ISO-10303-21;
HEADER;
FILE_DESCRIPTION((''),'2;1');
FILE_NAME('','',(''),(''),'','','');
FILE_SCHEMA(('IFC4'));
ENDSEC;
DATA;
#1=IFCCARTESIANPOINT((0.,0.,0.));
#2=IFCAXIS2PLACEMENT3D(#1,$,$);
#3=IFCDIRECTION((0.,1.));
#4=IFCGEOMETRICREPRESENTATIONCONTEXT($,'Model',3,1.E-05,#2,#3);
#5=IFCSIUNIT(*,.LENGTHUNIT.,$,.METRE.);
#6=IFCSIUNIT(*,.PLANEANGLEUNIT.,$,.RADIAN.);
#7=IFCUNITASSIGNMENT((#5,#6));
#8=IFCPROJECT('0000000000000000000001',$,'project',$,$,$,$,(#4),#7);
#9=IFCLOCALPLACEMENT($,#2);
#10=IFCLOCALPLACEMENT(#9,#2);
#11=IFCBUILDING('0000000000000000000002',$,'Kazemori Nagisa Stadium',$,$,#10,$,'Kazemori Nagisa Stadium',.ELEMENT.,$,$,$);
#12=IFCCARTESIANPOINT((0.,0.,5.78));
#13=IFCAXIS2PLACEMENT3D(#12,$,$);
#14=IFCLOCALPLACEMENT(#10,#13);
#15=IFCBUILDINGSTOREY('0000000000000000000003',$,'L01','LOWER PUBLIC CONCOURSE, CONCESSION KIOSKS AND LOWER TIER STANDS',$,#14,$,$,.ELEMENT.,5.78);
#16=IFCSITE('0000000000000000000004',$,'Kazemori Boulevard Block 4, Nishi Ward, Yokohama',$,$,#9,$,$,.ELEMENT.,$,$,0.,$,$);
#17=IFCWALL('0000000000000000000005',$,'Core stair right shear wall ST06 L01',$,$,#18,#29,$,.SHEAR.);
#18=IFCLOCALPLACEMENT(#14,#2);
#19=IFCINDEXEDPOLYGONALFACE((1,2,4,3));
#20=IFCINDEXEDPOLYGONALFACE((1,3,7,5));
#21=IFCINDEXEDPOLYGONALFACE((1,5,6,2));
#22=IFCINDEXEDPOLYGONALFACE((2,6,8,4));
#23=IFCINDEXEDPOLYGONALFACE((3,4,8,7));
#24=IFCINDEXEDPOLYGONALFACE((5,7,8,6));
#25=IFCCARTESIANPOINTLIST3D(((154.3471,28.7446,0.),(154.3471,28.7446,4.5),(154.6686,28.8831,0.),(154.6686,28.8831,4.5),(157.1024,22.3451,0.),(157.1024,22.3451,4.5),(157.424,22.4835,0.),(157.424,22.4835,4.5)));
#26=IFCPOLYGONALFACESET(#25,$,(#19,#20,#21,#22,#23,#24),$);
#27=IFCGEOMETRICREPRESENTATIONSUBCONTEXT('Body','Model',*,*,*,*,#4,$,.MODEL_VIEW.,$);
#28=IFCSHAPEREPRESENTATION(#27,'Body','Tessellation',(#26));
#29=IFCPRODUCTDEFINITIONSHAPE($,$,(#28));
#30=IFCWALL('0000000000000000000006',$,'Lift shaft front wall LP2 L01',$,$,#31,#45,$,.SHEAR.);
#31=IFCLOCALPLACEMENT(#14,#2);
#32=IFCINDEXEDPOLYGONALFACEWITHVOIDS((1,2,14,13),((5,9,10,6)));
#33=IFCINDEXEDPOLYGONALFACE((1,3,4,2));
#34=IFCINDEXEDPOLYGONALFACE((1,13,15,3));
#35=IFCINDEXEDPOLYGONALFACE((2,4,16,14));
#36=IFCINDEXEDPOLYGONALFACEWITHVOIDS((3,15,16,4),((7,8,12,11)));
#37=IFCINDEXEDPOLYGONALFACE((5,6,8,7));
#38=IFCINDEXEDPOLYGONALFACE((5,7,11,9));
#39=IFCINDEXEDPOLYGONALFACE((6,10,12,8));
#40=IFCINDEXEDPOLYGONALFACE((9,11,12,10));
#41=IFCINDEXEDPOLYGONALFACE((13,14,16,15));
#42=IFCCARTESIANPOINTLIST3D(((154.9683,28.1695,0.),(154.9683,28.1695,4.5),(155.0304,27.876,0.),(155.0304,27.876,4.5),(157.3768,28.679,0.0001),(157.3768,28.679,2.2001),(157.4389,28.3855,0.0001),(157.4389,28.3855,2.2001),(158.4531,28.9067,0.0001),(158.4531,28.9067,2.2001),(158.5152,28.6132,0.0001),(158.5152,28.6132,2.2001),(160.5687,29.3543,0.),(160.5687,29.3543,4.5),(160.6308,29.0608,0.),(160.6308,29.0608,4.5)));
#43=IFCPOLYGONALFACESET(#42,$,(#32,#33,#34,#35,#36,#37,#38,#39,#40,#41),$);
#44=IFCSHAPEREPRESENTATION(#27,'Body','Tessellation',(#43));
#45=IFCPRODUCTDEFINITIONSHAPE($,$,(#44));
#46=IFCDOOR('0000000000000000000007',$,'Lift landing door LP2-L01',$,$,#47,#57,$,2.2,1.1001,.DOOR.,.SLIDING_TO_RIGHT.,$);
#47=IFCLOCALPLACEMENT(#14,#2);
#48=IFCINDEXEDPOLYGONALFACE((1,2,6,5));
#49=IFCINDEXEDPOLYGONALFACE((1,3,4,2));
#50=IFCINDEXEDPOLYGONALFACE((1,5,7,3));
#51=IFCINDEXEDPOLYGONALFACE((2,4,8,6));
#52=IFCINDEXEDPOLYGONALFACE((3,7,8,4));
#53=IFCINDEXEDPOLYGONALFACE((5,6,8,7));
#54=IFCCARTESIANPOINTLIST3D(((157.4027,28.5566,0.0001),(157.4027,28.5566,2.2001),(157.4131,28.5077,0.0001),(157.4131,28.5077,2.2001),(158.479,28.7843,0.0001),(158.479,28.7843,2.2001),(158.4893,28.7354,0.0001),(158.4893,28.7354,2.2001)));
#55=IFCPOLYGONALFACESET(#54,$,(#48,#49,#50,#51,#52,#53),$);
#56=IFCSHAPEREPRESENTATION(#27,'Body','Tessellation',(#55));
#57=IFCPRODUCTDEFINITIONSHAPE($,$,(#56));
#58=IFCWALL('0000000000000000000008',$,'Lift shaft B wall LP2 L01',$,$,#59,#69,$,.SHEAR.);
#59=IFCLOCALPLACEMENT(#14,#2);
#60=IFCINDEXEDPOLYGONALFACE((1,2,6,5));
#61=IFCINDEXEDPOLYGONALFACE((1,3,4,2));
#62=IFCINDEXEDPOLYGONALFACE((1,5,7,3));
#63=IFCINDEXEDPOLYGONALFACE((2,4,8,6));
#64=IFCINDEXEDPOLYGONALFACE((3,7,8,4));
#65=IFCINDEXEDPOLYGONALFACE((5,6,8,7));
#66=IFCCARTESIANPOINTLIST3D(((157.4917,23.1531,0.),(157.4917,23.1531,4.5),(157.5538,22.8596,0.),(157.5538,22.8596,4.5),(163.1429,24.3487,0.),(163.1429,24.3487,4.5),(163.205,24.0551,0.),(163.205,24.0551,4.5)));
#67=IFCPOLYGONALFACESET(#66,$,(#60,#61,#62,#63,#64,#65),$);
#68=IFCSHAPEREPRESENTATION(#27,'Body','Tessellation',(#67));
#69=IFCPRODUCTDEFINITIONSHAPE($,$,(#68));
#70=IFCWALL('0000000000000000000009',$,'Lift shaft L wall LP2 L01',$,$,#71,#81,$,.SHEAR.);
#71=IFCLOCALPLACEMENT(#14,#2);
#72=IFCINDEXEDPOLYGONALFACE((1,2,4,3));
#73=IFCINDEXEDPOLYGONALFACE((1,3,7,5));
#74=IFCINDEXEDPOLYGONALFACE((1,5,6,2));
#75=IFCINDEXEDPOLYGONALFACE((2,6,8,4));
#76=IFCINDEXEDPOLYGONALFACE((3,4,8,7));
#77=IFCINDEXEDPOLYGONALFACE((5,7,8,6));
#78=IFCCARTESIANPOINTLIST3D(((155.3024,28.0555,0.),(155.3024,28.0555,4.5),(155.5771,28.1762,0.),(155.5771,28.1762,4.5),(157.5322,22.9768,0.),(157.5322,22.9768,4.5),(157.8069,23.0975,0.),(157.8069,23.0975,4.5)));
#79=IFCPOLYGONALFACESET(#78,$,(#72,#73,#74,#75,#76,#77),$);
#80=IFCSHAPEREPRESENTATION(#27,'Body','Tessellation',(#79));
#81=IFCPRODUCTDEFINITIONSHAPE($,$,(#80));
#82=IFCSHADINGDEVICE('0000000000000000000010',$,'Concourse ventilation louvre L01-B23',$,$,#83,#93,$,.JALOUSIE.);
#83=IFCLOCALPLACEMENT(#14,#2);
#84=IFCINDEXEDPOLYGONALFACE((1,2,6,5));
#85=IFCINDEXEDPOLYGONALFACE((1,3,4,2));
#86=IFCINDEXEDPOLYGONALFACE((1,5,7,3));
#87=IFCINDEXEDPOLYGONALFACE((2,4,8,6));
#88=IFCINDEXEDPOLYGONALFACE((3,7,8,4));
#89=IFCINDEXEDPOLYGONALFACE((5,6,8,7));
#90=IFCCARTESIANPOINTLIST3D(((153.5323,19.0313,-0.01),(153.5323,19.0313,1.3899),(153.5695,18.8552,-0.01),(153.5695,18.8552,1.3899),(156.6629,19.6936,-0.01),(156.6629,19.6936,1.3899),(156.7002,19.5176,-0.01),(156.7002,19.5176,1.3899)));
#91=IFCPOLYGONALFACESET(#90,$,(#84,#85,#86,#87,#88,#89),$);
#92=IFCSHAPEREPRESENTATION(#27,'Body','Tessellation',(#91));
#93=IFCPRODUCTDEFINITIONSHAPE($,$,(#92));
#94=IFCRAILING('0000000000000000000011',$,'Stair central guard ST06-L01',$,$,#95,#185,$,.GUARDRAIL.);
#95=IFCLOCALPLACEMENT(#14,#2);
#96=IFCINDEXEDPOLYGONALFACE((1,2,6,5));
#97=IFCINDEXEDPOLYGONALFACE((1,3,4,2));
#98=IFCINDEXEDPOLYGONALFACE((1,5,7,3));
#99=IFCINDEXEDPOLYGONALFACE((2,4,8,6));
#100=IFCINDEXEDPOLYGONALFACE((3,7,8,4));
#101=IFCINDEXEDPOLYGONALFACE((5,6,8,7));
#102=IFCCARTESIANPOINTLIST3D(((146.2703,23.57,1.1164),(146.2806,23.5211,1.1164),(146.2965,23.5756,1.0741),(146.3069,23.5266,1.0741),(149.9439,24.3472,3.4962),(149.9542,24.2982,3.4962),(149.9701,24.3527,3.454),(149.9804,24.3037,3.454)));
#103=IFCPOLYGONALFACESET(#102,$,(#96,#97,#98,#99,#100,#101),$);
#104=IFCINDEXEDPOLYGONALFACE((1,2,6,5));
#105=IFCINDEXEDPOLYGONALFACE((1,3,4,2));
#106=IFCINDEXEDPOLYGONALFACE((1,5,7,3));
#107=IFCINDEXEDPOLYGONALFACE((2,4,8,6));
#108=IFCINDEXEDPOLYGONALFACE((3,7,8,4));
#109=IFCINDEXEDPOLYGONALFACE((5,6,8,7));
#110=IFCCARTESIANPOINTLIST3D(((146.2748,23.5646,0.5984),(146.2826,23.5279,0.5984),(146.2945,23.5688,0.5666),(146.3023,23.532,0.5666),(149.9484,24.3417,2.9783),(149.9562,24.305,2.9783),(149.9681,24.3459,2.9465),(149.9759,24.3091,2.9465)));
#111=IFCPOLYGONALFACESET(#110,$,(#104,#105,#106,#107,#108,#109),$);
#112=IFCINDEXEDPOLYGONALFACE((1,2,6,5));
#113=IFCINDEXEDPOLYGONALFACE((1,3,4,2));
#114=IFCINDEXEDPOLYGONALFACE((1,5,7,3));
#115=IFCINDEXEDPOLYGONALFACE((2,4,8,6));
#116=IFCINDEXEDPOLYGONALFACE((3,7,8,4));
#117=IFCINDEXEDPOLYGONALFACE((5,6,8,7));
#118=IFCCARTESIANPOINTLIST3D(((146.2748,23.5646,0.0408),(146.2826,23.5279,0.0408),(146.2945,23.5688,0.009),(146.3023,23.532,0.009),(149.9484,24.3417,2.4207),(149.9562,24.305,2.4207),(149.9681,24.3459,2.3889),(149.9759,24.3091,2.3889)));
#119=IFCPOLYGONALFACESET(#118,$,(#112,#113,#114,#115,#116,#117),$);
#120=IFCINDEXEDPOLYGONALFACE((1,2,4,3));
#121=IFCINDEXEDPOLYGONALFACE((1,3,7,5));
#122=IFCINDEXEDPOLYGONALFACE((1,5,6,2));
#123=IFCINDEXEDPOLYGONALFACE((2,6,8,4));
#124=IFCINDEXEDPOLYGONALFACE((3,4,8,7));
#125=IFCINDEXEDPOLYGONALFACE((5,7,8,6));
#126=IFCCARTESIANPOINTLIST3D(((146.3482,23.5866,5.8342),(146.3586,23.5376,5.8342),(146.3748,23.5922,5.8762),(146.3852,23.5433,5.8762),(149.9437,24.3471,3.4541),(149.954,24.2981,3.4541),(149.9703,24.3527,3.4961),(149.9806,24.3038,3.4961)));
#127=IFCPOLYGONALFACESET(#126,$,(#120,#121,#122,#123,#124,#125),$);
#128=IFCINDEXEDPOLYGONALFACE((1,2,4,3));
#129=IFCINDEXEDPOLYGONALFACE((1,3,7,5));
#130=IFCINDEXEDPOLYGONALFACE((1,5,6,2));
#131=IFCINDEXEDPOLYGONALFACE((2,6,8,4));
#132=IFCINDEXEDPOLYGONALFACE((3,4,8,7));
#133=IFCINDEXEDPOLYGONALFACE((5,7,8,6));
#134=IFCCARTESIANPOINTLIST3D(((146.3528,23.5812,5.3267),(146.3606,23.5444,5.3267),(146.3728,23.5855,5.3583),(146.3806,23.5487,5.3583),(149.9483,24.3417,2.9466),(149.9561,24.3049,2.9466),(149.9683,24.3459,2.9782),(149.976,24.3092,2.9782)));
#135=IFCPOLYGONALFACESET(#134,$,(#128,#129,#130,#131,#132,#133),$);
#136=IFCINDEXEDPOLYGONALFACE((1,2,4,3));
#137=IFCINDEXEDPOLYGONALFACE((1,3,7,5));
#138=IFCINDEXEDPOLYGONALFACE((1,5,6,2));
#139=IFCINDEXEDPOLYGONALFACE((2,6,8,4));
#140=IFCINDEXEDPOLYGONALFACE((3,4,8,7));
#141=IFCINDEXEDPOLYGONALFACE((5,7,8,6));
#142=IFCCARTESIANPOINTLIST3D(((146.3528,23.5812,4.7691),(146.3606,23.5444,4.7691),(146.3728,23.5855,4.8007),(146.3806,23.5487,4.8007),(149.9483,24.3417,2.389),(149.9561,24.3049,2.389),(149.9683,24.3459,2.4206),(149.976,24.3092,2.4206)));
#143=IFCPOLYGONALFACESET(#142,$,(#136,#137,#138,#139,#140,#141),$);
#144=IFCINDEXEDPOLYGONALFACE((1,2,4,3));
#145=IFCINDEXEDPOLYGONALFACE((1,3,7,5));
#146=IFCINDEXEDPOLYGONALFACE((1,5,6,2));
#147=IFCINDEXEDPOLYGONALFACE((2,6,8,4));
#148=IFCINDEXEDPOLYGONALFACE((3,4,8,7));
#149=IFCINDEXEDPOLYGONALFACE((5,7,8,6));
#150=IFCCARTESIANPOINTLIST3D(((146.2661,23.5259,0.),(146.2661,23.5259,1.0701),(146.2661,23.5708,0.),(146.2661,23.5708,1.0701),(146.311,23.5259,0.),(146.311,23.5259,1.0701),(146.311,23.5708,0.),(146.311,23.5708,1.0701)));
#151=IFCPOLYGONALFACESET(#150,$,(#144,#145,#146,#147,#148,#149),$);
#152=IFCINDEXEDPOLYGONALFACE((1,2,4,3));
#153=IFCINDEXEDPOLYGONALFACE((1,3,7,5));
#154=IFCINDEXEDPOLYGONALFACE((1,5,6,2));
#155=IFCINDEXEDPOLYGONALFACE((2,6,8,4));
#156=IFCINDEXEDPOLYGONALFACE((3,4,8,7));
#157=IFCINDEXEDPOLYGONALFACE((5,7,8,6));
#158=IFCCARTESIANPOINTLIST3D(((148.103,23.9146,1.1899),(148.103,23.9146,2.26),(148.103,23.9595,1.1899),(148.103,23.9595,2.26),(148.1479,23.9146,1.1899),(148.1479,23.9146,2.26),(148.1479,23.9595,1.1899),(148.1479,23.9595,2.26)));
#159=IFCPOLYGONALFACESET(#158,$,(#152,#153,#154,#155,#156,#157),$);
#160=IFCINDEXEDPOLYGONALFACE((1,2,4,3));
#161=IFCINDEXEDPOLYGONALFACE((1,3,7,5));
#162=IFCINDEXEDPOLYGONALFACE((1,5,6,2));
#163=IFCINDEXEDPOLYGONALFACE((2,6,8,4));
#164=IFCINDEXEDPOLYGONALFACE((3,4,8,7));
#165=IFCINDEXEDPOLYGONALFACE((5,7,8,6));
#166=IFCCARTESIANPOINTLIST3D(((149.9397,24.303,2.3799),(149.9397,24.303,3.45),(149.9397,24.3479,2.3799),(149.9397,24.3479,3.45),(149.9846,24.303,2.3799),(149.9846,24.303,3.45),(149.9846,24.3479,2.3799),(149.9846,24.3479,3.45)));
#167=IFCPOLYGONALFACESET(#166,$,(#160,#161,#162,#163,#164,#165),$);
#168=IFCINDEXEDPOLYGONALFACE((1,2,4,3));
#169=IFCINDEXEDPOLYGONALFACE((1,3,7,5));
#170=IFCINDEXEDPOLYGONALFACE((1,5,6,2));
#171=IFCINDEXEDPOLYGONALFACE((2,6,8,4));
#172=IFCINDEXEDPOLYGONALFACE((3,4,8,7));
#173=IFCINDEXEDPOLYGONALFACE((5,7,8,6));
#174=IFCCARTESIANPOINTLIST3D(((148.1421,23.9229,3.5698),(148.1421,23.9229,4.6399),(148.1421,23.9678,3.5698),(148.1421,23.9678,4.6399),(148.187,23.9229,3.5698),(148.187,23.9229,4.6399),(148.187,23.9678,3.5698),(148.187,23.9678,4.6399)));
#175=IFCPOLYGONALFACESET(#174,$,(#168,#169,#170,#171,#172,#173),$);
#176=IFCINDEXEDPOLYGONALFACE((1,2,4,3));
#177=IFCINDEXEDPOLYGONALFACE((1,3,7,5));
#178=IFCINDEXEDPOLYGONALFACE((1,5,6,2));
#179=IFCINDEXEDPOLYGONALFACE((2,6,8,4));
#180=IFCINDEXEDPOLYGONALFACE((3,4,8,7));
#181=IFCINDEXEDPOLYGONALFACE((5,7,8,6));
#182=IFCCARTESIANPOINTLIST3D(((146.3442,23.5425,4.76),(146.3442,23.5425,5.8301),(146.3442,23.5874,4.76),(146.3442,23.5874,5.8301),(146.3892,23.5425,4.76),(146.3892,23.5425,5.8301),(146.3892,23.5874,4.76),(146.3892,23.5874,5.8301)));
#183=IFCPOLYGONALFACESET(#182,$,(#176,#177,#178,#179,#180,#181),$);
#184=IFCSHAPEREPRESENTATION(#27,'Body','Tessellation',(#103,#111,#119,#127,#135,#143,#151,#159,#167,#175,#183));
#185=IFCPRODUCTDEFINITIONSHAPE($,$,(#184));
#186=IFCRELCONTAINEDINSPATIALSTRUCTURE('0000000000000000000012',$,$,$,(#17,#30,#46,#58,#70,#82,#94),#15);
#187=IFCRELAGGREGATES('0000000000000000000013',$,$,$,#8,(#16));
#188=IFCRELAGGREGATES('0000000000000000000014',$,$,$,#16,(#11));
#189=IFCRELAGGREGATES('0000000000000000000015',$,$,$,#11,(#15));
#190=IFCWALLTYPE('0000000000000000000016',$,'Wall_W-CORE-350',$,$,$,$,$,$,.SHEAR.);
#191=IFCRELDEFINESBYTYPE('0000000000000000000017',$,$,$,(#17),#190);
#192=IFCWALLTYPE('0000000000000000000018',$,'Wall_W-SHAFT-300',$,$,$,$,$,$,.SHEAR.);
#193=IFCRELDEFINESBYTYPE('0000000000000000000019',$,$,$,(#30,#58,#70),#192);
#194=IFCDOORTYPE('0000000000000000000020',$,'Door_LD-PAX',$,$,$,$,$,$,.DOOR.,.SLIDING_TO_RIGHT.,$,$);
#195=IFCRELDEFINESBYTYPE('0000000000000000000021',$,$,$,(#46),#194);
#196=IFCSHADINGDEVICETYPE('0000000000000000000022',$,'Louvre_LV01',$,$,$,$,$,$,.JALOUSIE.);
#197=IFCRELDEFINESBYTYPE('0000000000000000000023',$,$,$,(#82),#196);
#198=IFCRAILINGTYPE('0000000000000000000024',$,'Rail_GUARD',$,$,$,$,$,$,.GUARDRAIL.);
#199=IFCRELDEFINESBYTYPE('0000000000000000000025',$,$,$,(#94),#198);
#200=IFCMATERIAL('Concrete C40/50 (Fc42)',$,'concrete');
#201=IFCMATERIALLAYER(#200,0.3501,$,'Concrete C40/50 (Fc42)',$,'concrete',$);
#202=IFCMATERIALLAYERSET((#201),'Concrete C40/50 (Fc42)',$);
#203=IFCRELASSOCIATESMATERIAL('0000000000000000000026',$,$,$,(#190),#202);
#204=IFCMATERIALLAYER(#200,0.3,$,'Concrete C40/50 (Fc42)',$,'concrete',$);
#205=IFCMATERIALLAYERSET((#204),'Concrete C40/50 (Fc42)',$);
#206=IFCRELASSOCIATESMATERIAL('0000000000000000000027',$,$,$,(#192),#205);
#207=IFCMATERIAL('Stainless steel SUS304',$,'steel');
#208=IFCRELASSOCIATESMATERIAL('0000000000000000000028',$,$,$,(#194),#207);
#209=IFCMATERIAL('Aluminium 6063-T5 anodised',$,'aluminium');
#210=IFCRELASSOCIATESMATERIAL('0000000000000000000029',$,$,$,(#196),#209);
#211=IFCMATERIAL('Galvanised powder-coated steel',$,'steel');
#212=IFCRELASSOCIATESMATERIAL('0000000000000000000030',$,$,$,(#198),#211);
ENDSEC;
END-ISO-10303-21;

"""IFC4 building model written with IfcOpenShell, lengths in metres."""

from ifc_helpers import new_model, si_unit, direction, frame, frame_2d, origin, origin_2d, place, context, subcontext, project, spatial, rectangle, extrude, material, layer, layer_set, type_object, element, fill, save


model = new_model("IFC4")

# Units and contexts
model_context = context("Model", 3, precision=1e-05, world=origin(), true_north=direction((0.0, 1.0)))
body_context = subcontext(model_context, "Body", "Model", "MODEL_VIEW")
ifc_project = project(units=[si_unit("LENGTHUNIT", "METRE"), si_unit("PLANEANGLEUNIT", "RADIAN")], contexts=[model_context])

# Site, building, storey
site_placement = place(None, origin())
site = spatial("IfcSite", under=ifc_project, at=site_placement, Name="Kazemori Boulevard Block 4, Nishi Ward, Yokohama", CompositionType="ELEMENT", RefElevation=0.0)
building_placement = place(site_placement, origin())
building = spatial("IfcBuilding", under=site, at=building_placement, Name="Kazemori Nagisa Stadium", LongName="Kazemori Nagisa Stadium", CompositionType="ELEMENT")
storey_placement = place(building_placement, frame((0.0, 0.0, 5.78)))
storey = spatial("IfcBuildingStorey", under=building, at=storey_placement, Name="L01", Description="LOWER PUBLIC CONCOURSE, CONCESSION KIOSKS AND LOWER TIER STANDS", CompositionType="ELEMENT", Elevation=5.78)

# Shared definitions
ifc_material_1 = material(Name="Concrete C40/50 (Fc42)", Category="concrete")

# Shared definitions
ifc_material_2 = material(Name="Aluminium 6063-T5 anodised", Category="aluminium")

# Wall
ifc_layer_1 = layer(ifc_material_1, 0.3501, Name="Concrete C40/50 (Fc42)", Category="concrete")
ifc_layer_set_1 = layer_set([ifc_layer_1], Name="Concrete C40/50 (Fc42)")
wall_type_1 = type_object("IfcWallType", Name="Wall_W-CORE-350", PredefinedType="SHEAR", material=ifc_layer_set_1)
wall_1_placement = place(storey_placement, frame((154.5078, 28.814, 0.0), z_axis=(0.0, 0.0, 1.0), x_axis=(0.395454, -0.918486, 0.0)))
element("IfcWall", 1, at=wall_1_placement, inside=storey, type_object=wall_type_1, Name="Core stair right shear wall ST06 L01", PredefinedType="SHEAR", context=body_context, shape_type="SweptSolid", body=[
    extrude(rectangle(XDim=6.9675, YDim=0.3501, at=frame_2d((3.4839, 0.0))), origin(), (0.0, 0.0, 1.0), 4.5),
])

# Wall, opening, door
ifc_layer_2 = layer(ifc_material_1, 0.3, Name="Concrete C40/50 (Fc42)", Category="concrete")
ifc_layer_set_2 = layer_set([ifc_layer_2], Name="Concrete C40/50 (Fc42)")
wall_type_2 = type_object("IfcWallType", Name="Wall_W-SHAFT-300", PredefinedType="SHEAR", material=ifc_layer_set_2)
wall_2_placement = place(storey_placement, frame((154.9993, 28.0227, 0.0), z_axis=(0.0, 0.0, 1.0), x_axis=(0.978345, 0.20698, 0.0)))
wall_2 = element("IfcWall", 2, at=wall_2_placement, inside=storey, type_object=wall_type_2, Name="Lift shaft front wall LP2 L01", PredefinedType="SHEAR", context=body_context, shape_type="SweptSolid", body=[
    extrude(rectangle(XDim=5.7244, YDim=0.3, at=frame_2d((2.8623, 0.0))), origin(), (0.0, 0.0, 1.0), 4.5),
])
opening_placement = place(wall_2_placement, frame((2.4619, 0.0, 0.0)))
opening = element("IfcOpeningElement", 3, at=opening_placement, cuts=wall_2, PredefinedType="OPENING", context=body_context, shape_type="SweptSolid", body=[
    extrude(rectangle(XDim=1.1001, YDim=2.2, at=frame_2d((0.55, 1.1001))), frame((0.0, 0.1599, 0.0), z_axis=(0.0, -1.0, 0.0), x_axis=(1.0, 0.0, 0.0)), (0.0, 0.0, 1.0), 0.3201),
])
ifc_material_3 = material(Name="Stainless steel SUS304", Category="steel")
door_type = type_object("IfcDoorType", Name="Door_LD-PAX", OperationType="SLIDING_TO_RIGHT", PredefinedType="DOOR", material=ifc_material_3)
door_placement = place(opening_placement, origin())
door = element("IfcDoor", 4, at=door_placement, inside=storey, type_object=door_type, Name="Lift landing door LP2-L01", OperationType="SLIDING_TO_RIGHT", OverallHeight=2.2, OverallWidth=1.1001, PredefinedType="DOOR", context=body_context, shape_type="SweptSolid", body=[
    extrude(rectangle(XDim=1.1001, YDim=2.2, at=frame_2d((0.55, 1.1001))), frame((0.0, 0.0249, 0.0), z_axis=(0.0, -1.0, 0.0), x_axis=(1.0, 0.0, 0.0)), (0.0, 0.0, 1.0), 0.05),
])
fill(opening, door)

# Walls
wall_3_placement = place(storey_placement, frame((157.5227, 23.0063, 0.0), z_axis=(0.0, 0.0, 1.0), x_axis=(0.978347, 0.206971, 0.0)))
element("IfcWall", 5, at=wall_3_placement, inside=storey, type_object=wall_type_2, Name="Lift shaft B wall LP2 L01", PredefinedType="SHEAR", context=body_context, shape_type="SweptSolid", body=[
    extrude(rectangle(XDim=5.7764, YDim=0.3, at=frame_2d((2.8882, 0.0))), origin(), (0.0, 0.0, 1.0), 4.5),
])
wall_4_placement = place(storey_placement, frame((155.4397, 28.116, 0.0), z_axis=(0.0, 0.0, 1.0), x_axis=(0.402005, -0.915637, 0.0)))
element("IfcWall", 6, at=wall_4_placement, inside=storey, type_object=wall_type_2, Name="Lift shaft L wall LP2 L01", PredefinedType="SHEAR", context=body_context, shape_type="SweptSolid", body=[
    extrude(rectangle(XDim=5.5466, YDim=0.3, at=frame_2d((2.7734, 0.0))), origin(), (0.0, 0.0, 1.0), 4.5),
])

# Shading device
shading_device_type = type_object("IfcShadingDeviceType", Name="Louvre_LV01", PredefinedType="JALOUSIE", material=ifc_material_2)
shading_device_placement = place(storey_placement, frame((155.1162, 19.2744, -0.01), z_axis=(0.0, 0.0, 1.0), x_axis=(0.978345, 0.206981, 0.0)))
element("IfcShadingDevice", 7, at=shading_device_placement, inside=storey, type_object=shading_device_type, Name="Concourse ventilation louvre L01-B23", PredefinedType="JALOUSIE", context=body_context, shape_type="SweptSolid", body=[
    extrude(rectangle(XDim=3.2, YDim=0.1799, at=origin_2d()), origin(), (0.0, 0.0, 1.0), 1.3999),
])

# Railing
ifc_material_4 = material(Name="Galvanised powder-coated steel", Category="steel")
railing_type_1 = type_object("IfcRailingType", Name="Rail_GUARD", PredefinedType="GUARDRAIL", material=ifc_material_4)
railing_1_placement = place(storey_placement, frame((146.2886, 23.5483, 0.0)))
element("IfcRailing", 8, at=railing_1_placement, inside=storey, type_object=railing_type_1, Name="Stair central guard ST06-L01", PredefinedType="GUARDRAIL", context=body_context, shape_type="SweptSolid", body=[
    extrude(rectangle(XDim=0.05, YDim=0.05, at=origin_2d()), frame((0.0, 0.0, 1.0952), z_axis=(0.82635, 0.174804, 0.53534), x_axis=(-0.206957, 0.97835, 0.0)), (0.0, 0.0, 1.0), 4.4456),
    extrude(rectangle(XDim=0.0376, YDim=0.0376, at=origin_2d()), frame((0.0, 0.0, 0.5825), z_axis=(0.82635, 0.174804, 0.53534), x_axis=(-0.206957, 0.97835, 0.0)), (0.0, 0.0, 1.0), 4.4456),
    extrude(rectangle(XDim=0.0376, YDim=0.0376, at=origin_2d()), frame((0.0, 0.0, 0.0249), z_axis=(0.82635, 0.174804, 0.53534), x_axis=(-0.206957, 0.97835, 0.0)), (0.0, 0.0, 1.0), 4.4456),
    extrude(rectangle(XDim=0.05, YDim=0.05, at=origin_2d()), frame((3.6736, 0.7771, 3.4751), z_axis=(-0.821175, -0.173692, 0.543602), x_axis=(0.206938, -0.978354, 0.0)), (0.0, 0.0, 1.0), 4.3784),
    extrude(rectangle(XDim=0.0376, YDim=0.0376, at=origin_2d()), frame((3.6736, 0.7771, 2.9624), z_axis=(-0.821175, -0.173692, 0.543602), x_axis=(0.206938, -0.978354, 0.0)), (0.0, 0.0, 1.0), 4.3784),
    extrude(rectangle(XDim=0.0376, YDim=0.0376, at=origin_2d()), frame((3.6736, 0.7771, 2.4048), z_axis=(-0.821175, -0.173692, 0.543602), x_axis=(0.206938, -0.978354, 0.0)), (0.0, 0.0, 1.0), 4.3784),
    extrude(rectangle(XDim=0.0449, YDim=0.0449, at=origin_2d()), origin(), (0.0, 0.0, 1.0), 1.0701),
    extrude(rectangle(XDim=0.0449, YDim=0.0449, at=origin_2d()), frame((1.8369, 0.3887, 1.1899)), (0.0, 0.0, 1.0), 1.0701),
    extrude(rectangle(XDim=0.0449, YDim=0.0449, at=origin_2d()), frame((3.6736, 0.7771, 2.3799)), (0.0, 0.0, 1.0), 1.0701),
    extrude(rectangle(XDim=0.0449, YDim=0.0449, at=origin_2d()), frame((1.876, 0.397, 3.5698)), (0.0, 0.0, 1.0), 1.0701),
    extrude(rectangle(XDim=0.0449, YDim=0.0449, at=origin_2d()), frame((0.0781, 0.0166, 4.76)), (0.0, 0.0, 1.0), 1.0701),
])

save(model, "model.ifc")
